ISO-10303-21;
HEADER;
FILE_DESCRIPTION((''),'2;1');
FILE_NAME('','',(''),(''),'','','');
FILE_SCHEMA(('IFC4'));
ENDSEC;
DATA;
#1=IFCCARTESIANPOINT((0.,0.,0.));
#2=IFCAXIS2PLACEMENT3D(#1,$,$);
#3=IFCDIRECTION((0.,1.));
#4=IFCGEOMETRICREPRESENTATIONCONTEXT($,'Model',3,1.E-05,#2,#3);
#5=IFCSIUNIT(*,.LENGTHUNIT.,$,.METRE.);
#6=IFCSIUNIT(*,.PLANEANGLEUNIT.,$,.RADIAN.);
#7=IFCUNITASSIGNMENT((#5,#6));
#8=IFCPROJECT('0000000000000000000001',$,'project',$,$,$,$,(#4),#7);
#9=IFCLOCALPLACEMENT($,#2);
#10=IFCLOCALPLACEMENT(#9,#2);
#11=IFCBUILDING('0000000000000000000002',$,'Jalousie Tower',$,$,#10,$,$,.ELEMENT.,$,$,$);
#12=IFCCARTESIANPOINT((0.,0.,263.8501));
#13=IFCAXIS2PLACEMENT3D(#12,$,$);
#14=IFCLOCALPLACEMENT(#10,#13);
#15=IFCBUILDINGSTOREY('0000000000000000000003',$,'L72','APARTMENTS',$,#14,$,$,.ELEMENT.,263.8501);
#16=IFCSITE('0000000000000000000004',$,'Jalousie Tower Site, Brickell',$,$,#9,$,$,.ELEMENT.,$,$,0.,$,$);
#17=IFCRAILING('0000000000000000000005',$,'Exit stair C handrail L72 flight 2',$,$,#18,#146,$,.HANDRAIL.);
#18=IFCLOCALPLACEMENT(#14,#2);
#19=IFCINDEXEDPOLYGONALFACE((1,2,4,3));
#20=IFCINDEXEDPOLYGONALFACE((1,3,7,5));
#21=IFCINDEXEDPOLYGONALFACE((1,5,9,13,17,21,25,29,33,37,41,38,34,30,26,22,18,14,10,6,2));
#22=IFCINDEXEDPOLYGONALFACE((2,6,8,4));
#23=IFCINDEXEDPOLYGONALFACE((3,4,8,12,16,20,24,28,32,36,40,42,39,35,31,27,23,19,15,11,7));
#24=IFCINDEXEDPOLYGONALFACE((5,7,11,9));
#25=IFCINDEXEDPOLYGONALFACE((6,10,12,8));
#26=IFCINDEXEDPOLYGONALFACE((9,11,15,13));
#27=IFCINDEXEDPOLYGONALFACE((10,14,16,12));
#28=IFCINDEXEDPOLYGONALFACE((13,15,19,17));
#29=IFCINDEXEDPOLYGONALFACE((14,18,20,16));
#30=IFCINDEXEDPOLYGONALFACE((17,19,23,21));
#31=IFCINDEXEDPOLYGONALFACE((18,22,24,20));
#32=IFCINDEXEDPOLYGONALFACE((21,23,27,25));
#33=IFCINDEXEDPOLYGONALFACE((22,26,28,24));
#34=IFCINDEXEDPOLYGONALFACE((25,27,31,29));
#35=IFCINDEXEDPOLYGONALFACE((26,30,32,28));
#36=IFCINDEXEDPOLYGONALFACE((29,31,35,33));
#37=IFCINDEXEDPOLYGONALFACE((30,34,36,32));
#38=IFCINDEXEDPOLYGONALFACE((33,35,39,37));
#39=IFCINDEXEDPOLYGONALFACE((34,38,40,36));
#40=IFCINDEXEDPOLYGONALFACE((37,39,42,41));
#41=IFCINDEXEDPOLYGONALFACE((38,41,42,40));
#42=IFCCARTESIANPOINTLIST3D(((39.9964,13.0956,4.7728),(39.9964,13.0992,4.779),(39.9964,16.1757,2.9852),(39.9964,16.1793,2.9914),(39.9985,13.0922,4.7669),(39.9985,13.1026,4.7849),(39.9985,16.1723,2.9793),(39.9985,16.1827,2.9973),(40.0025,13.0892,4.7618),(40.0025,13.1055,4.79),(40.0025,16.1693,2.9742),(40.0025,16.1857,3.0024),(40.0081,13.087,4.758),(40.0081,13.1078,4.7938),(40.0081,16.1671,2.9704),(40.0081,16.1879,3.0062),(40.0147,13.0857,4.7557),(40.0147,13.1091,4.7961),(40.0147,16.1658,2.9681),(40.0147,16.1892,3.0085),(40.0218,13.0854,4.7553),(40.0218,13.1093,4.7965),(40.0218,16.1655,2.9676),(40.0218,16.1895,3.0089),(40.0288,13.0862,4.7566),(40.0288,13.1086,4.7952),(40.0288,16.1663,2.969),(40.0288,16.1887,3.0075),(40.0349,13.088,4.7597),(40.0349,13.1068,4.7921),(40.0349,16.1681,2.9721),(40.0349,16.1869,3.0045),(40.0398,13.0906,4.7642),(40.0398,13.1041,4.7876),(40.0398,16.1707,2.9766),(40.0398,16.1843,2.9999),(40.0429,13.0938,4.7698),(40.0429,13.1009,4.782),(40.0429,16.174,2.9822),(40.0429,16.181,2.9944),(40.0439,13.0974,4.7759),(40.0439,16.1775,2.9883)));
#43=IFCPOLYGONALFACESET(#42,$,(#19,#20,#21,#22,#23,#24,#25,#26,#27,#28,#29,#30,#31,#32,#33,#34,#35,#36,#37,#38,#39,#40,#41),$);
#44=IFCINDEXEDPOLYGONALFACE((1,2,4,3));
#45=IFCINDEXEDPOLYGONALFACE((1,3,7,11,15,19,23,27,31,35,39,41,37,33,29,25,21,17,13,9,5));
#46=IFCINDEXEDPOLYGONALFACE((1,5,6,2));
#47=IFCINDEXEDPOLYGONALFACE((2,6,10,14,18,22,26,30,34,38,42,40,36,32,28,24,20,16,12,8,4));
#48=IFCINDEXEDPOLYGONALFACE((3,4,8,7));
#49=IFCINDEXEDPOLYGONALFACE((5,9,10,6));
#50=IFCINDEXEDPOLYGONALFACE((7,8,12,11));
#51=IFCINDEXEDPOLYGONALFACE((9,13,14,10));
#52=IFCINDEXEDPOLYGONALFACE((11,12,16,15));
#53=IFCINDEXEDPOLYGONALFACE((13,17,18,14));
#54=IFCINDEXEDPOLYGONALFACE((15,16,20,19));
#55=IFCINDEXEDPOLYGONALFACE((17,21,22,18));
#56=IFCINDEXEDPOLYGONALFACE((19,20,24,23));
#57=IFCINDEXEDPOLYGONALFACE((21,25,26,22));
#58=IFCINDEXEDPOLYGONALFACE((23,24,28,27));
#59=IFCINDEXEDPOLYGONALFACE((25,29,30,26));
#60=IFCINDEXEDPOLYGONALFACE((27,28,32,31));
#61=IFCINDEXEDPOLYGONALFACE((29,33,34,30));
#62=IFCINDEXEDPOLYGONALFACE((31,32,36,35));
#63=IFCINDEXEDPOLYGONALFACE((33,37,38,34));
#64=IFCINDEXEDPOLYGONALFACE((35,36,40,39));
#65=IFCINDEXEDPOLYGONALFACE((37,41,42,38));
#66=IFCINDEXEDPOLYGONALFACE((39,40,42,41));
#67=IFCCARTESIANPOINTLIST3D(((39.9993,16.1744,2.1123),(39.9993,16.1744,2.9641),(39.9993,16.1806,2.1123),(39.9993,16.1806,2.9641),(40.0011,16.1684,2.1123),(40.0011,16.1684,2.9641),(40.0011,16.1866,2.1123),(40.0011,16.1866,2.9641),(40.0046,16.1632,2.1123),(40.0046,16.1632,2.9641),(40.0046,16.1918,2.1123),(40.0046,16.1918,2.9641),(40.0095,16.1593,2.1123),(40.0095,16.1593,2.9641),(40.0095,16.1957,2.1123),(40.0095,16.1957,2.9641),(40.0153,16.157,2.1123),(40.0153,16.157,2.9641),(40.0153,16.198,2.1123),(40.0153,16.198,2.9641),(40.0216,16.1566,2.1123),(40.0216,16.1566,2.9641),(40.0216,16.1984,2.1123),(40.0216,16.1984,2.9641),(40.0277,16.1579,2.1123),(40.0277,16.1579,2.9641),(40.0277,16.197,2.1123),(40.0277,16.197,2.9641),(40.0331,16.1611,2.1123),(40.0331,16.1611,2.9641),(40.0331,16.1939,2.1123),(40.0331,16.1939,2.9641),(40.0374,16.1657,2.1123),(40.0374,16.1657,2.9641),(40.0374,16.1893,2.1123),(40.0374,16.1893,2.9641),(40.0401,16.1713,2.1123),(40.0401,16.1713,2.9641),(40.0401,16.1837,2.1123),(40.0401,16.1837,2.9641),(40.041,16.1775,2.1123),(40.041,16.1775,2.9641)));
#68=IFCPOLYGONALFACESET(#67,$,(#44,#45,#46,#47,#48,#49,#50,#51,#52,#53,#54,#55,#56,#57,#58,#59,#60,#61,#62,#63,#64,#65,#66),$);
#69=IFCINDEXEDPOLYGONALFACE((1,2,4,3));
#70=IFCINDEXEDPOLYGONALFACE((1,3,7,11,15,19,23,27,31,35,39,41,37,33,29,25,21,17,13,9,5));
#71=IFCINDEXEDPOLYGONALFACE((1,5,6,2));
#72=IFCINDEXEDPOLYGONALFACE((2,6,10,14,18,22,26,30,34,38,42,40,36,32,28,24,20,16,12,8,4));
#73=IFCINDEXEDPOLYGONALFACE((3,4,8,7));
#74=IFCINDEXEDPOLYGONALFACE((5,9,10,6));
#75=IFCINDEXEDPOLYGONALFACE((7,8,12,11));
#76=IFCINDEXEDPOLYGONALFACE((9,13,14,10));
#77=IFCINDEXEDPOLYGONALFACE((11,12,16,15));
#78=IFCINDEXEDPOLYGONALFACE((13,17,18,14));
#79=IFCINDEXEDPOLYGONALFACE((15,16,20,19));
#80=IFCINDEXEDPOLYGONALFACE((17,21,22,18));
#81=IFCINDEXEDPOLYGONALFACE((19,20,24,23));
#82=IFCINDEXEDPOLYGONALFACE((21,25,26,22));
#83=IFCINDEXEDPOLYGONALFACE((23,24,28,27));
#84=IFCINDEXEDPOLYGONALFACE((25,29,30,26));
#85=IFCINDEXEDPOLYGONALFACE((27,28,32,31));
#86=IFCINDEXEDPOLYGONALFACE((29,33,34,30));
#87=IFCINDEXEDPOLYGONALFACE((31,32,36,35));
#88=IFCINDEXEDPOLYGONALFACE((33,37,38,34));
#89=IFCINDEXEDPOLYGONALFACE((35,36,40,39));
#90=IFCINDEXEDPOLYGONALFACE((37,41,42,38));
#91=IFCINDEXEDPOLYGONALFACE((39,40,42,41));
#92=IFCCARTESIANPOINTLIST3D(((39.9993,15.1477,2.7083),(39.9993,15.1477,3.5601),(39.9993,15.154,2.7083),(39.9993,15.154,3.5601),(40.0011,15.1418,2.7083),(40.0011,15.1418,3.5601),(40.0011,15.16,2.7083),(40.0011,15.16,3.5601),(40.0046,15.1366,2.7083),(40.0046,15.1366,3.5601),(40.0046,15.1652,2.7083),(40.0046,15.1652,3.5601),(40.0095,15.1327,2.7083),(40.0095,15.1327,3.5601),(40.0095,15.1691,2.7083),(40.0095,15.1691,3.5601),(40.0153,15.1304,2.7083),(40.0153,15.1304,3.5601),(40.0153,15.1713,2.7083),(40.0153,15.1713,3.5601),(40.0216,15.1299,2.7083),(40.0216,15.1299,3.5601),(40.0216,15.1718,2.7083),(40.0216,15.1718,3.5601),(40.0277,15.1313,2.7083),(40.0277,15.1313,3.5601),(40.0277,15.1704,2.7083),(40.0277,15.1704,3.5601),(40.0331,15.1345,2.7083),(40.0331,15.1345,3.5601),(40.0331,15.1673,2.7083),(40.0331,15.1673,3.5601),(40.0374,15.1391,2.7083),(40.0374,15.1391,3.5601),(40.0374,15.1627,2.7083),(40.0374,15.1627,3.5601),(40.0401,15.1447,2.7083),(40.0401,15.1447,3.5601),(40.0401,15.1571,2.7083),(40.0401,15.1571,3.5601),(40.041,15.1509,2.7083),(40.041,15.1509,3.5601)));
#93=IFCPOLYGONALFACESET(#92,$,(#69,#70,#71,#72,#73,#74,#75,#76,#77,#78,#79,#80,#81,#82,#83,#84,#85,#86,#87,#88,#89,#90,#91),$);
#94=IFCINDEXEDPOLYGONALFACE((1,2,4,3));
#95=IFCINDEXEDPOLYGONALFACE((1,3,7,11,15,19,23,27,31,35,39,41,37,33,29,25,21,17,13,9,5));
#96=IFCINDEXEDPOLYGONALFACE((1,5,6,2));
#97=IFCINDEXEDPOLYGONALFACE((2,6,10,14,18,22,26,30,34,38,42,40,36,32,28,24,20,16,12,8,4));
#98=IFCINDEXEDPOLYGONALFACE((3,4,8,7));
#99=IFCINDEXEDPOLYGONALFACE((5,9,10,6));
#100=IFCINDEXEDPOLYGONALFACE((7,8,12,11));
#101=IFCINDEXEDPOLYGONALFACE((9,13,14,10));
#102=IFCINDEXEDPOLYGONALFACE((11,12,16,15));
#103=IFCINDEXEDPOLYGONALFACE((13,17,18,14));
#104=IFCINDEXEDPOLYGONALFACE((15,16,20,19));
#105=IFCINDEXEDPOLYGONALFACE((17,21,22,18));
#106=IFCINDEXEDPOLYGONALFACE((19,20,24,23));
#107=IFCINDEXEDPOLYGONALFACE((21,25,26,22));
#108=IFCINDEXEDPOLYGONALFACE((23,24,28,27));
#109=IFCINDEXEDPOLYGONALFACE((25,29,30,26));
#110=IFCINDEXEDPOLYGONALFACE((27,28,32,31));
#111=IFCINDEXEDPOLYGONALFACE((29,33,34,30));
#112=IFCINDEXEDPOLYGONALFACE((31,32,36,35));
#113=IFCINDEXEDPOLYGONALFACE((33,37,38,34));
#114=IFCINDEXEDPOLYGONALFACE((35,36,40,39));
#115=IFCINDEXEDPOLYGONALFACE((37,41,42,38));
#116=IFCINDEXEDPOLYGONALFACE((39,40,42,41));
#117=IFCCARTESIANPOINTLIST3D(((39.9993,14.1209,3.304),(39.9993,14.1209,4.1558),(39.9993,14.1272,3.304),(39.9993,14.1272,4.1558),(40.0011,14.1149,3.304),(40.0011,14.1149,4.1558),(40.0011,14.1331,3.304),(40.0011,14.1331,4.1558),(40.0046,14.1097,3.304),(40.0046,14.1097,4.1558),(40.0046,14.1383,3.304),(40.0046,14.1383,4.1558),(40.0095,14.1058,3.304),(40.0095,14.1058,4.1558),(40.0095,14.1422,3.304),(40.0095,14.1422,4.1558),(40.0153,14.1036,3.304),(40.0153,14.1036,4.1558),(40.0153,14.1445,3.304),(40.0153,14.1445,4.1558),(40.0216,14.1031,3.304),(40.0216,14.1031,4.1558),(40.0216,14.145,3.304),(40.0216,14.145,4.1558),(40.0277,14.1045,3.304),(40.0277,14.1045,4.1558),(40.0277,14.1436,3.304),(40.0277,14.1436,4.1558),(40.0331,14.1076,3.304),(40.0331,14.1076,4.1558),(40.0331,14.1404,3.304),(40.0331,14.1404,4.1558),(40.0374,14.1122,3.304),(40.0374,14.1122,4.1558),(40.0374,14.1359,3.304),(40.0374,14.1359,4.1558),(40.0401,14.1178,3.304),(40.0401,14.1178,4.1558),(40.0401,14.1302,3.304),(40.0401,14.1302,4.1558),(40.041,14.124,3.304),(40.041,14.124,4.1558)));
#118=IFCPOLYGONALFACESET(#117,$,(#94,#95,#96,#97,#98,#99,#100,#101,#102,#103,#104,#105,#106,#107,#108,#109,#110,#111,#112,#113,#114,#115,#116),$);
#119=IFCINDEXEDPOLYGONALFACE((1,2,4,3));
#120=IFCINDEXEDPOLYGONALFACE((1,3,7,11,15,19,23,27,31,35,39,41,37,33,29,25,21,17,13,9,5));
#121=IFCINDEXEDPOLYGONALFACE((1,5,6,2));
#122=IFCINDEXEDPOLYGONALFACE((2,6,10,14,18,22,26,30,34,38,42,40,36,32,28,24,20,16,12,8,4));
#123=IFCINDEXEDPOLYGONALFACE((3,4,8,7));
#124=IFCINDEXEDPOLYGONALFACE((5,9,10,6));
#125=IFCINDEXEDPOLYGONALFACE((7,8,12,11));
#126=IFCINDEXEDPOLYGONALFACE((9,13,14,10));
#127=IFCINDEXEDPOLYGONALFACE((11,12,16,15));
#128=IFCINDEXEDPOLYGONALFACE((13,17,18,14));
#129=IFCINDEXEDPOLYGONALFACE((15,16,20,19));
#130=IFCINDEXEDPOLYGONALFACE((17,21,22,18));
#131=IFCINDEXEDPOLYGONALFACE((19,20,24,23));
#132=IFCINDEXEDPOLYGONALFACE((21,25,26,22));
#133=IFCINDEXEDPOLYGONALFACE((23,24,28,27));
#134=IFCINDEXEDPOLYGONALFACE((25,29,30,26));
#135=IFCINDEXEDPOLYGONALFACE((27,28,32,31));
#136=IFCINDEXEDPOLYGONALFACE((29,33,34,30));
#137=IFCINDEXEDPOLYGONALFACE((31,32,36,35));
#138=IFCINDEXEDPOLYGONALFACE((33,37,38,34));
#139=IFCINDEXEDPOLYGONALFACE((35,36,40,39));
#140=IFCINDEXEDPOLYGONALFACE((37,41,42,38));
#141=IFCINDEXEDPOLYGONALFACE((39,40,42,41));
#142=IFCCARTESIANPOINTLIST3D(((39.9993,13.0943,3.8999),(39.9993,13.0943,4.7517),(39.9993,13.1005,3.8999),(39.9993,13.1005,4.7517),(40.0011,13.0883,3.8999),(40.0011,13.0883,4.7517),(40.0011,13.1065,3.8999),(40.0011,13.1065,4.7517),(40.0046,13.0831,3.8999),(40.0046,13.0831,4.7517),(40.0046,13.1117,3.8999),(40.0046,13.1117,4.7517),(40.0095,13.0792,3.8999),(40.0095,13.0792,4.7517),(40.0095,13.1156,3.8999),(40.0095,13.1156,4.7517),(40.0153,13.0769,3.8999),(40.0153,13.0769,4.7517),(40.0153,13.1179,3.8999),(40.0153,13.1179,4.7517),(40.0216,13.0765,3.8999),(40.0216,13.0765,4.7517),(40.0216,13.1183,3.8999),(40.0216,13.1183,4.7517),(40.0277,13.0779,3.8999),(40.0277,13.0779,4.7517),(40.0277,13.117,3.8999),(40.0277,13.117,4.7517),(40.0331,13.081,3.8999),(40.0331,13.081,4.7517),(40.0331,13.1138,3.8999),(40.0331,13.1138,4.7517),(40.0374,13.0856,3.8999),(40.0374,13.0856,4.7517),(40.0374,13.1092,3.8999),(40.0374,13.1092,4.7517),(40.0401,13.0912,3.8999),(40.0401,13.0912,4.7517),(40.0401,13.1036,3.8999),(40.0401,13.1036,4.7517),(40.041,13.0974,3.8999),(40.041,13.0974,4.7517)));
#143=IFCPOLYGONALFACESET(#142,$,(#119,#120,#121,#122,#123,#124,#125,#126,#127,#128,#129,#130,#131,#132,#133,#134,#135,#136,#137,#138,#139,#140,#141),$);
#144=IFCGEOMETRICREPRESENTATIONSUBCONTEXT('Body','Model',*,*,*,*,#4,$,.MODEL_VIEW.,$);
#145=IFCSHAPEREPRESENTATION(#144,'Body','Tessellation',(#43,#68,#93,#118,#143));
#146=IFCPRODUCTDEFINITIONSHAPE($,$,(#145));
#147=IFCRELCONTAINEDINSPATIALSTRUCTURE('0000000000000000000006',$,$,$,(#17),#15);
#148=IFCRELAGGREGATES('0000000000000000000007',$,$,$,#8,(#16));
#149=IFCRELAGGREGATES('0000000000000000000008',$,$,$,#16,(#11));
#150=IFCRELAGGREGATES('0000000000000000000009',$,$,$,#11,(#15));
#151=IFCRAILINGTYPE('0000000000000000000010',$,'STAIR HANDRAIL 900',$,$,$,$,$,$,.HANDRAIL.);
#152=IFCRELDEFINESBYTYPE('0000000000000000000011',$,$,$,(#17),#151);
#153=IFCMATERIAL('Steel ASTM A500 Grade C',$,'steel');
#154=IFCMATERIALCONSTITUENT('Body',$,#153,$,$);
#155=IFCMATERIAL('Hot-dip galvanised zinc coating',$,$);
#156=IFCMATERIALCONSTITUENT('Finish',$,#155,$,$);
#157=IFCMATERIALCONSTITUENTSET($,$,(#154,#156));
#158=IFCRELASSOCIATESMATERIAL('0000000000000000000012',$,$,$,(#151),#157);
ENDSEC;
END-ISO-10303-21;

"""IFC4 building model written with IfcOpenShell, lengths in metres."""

from ifc_helpers import new_model, si_unit, direction, frame, origin, origin_2d, place, context, subcontext, project, spatial, circle, extrude, material, constituent, constituent_set, type_object, element, save


model = new_model("IFC4")

# Units and contexts
model_context = context("Model", 3, precision=1e-05, world=origin(), true_north=direction((0.0, 1.0)))
body_context = subcontext(model_context, "Body", "Model", "MODEL_VIEW")
ifc_project = project(units=[si_unit("LENGTHUNIT", "METRE"), si_unit("PLANEANGLEUNIT", "RADIAN")], contexts=[model_context])

# Site, building, storey
site_placement = place(None, origin())
site = spatial("IfcSite", under=ifc_project, at=site_placement, Name="Jalousie Tower Site, Brickell", CompositionType="ELEMENT", RefElevation=0.0)
building_placement = place(site_placement, origin())
building = spatial("IfcBuilding", under=site, at=building_placement, Name="Jalousie Tower", CompositionType="ELEMENT")
storey_placement = place(building_placement, frame((0.0, 0.0, 263.8501)))
storey = spatial("IfcBuildingStorey", under=building, at=storey_placement, Name="L72", Description="APARTMENTS", CompositionType="ELEMENT", Elevation=263.8501)

# Railing
ifc_material_1 = material(Name="Steel ASTM A500 Grade C", Category="steel")
ifc_constituent_1 = constituent(ifc_material_1, Name="Body")
ifc_material_2 = material(Name="Hot-dip galvanised zinc coating")
ifc_constituent_2 = constituent(ifc_material_2, Name="Finish")
ifc_constituent_set_1 = constituent_set(constituents=[ifc_constituent_1, ifc_constituent_2])
railing_type_1 = type_object("IfcRailingType", Name="STAIR HANDRAIL 900", PredefinedType="HANDRAIL", material=ifc_constituent_set_1)
railing_1_placement = place(storey_placement, frame((40.02, 16.1775, 2.1123)))
element("IfcRailing", 1, at=railing_1_placement, inside=storey, type_object=railing_type_1, Name="Exit stair C handrail L72 flight 2", PredefinedType="HANDRAIL", context=body_context, shape_type="SweptSolid", body=[
    extrude(circle(Radius=0.0239, at=origin_2d()), frame((0.0, 0.0, 0.876), z_axis=(0.0, -0.864891, 0.50196), x_axis=(1.0, 0.0, 0.0)), (0.0, 0.0, 1.0), 3.5613),
    extrude(circle(Radius=0.021, at=origin_2d()), origin(), (0.0, 0.0, 1.0), 0.8518),
    extrude(circle(Radius=0.021, at=origin_2d()), frame((0.0, -1.0266, 0.5959)), (0.0, 0.0, 1.0), 0.8518),
    extrude(circle(Radius=0.021, at=origin_2d()), frame((0.0, -2.0535, 1.1917)), (0.0, 0.0, 1.0), 0.8518),
    extrude(circle(Radius=0.021, at=origin_2d()), frame((0.0, -3.0801, 1.7876)), (0.0, 0.0, 1.0), 0.8518),
])

save(model, "model.ifc")
